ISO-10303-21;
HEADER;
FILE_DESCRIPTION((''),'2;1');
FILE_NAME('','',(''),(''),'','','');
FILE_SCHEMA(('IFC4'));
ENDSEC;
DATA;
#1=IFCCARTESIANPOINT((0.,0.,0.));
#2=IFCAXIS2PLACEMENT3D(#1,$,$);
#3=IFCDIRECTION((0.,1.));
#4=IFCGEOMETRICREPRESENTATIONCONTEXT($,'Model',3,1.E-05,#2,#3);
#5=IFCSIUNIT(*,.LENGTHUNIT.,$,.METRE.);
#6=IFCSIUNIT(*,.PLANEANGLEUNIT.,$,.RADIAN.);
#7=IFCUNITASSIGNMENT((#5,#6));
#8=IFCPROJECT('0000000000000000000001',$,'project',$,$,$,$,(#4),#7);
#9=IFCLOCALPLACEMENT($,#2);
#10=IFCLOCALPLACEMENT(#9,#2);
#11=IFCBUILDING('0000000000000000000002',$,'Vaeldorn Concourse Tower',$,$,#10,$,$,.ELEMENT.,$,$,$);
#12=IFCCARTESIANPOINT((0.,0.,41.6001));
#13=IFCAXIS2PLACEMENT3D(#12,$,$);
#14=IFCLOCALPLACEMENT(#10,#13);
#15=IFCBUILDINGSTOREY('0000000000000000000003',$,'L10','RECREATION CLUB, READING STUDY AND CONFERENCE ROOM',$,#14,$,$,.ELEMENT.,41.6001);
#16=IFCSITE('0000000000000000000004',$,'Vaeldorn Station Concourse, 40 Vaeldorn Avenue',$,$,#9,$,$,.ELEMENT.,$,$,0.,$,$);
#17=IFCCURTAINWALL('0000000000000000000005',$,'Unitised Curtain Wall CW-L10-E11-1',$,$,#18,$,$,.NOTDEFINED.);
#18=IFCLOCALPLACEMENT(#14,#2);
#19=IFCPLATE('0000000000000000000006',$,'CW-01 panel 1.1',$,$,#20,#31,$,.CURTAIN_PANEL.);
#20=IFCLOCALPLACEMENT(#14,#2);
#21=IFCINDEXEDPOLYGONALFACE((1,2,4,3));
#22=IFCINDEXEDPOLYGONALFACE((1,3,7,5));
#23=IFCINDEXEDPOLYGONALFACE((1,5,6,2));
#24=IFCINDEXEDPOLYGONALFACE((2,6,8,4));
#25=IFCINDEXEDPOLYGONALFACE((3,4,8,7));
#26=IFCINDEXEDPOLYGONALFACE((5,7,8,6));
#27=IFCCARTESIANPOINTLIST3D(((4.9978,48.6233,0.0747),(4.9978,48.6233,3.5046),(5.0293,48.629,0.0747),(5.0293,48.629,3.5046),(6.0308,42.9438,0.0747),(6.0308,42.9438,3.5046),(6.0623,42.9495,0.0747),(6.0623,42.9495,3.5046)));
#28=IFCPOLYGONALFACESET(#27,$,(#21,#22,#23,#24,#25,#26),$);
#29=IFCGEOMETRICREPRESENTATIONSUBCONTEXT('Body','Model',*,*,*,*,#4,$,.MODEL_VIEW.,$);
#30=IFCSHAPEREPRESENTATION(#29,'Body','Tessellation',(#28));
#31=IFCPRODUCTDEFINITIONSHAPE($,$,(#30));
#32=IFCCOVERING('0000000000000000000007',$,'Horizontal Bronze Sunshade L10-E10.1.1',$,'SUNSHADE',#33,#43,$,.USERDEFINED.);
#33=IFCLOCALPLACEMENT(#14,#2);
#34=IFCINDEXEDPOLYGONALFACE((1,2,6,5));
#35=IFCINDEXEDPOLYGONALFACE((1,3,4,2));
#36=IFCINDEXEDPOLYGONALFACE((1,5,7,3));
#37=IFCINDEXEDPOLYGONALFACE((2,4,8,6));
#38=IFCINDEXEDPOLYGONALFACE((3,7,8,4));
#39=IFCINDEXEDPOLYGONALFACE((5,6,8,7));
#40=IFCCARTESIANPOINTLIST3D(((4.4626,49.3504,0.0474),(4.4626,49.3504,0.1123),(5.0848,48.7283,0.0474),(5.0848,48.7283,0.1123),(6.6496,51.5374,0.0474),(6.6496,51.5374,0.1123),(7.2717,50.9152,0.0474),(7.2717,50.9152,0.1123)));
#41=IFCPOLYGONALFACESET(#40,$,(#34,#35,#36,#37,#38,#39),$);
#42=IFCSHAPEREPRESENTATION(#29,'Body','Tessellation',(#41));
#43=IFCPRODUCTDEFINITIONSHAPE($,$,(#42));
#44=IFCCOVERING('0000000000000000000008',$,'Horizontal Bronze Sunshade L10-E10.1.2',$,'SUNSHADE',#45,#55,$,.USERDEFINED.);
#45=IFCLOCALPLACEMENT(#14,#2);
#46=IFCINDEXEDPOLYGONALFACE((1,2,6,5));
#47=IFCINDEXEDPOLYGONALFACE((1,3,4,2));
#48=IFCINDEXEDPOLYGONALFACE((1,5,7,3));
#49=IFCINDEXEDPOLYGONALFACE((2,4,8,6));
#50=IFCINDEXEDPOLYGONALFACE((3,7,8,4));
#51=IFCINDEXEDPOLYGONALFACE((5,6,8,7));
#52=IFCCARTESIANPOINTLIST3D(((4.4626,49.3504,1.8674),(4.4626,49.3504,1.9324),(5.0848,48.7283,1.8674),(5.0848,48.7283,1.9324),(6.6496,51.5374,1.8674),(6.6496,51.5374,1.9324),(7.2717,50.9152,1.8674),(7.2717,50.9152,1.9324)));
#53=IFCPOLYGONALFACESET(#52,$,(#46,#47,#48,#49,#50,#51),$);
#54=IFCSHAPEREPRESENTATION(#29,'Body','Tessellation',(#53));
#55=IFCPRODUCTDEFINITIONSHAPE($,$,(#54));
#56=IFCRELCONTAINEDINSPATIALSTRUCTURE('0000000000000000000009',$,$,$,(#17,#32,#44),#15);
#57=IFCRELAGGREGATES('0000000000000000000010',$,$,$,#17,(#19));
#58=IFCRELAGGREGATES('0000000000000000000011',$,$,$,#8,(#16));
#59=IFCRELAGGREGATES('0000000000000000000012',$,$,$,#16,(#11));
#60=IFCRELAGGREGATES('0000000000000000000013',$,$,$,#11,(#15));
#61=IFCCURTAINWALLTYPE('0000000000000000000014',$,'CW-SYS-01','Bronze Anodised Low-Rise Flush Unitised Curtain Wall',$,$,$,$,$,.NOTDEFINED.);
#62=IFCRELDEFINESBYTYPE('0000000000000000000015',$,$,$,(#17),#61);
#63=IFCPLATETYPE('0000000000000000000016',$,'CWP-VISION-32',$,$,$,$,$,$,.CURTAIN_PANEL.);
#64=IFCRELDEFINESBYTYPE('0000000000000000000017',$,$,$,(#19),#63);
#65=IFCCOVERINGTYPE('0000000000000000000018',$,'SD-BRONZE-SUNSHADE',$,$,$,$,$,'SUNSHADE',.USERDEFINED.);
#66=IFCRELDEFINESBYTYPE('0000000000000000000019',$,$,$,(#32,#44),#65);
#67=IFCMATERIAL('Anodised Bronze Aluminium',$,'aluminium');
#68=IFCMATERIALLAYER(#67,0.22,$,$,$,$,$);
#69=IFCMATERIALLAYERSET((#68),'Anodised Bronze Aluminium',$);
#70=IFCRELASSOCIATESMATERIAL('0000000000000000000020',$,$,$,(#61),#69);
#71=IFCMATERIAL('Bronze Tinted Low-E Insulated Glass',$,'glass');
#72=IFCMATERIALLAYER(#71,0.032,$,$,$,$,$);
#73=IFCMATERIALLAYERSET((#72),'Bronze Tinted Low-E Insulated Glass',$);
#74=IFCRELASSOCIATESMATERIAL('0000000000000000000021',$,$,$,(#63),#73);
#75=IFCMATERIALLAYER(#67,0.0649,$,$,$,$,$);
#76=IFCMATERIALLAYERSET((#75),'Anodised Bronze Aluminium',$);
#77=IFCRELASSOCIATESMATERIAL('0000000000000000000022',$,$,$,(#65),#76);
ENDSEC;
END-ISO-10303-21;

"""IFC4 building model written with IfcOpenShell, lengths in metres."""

from ifc_helpers import new_model, si_unit, direction, frame, origin, origin_2d, place, context, subcontext, project, spatial, rectangle, extrude, source, transform, mapped, material, layer, layer_set, type_object, element, aggregate, save


model = new_model("IFC4")

# Units and contexts
model_context = context("Model", 3, precision=1e-05, world=origin(), true_north=direction((0.0, 1.0)))
body_context = subcontext(model_context, "Body", "Model", "MODEL_VIEW")
ifc_project = project(units=[si_unit("LENGTHUNIT", "METRE"), si_unit("PLANEANGLEUNIT", "RADIAN")], contexts=[model_context])

# Site, building, storey
site_placement = place(None, origin())
site = spatial("IfcSite", under=ifc_project, at=site_placement, Name="Vaeldorn Station Concourse, 40 Vaeldorn Avenue", CompositionType="ELEMENT", RefElevation=0.0)
building_placement = place(site_placement, origin())
building = spatial("IfcBuilding", under=site, at=building_placement, Name="Vaeldorn Concourse Tower", CompositionType="ELEMENT")
storey_placement = place(building_placement, frame((0.0, 0.0, 41.6001)))
storey = spatial("IfcBuildingStorey", under=building, at=storey_placement, Name="L10", Description="RECREATION CLUB, READING STUDY AND CONFERENCE ROOM", CompositionType="ELEMENT", Elevation=41.6001)

# Curtain wall
ifc_material_1 = material(Name="Anodised Bronze Aluminium", Category="aluminium")
ifc_layer_1 = layer(ifc_material_1, 0.22)
ifc_layer_set_1 = layer_set([ifc_layer_1], Name="Anodised Bronze Aluminium")
curtain_wall_type = type_object("IfcCurtainWallType", Name="CW-SYS-01", Description="Bronze Anodised Low-Rise Flush Unitised Curtain Wall", PredefinedType="NOTDEFINED", material=ifc_layer_set_1)
curtain_wall_1_placement = place(storey_placement, origin())
curtain_wall_1 = element("IfcCurtainWall", 1, at=curtain_wall_1_placement, inside=storey, type_object=curtain_wall_type, Name="Unitised Curtain Wall CW-L10-E11-1", PredefinedType="NOTDEFINED")

# Plate
ifc_material_2 = material(Name="Bronze Tinted Low-E Insulated Glass", Category="glass")
ifc_layer_2 = layer(ifc_material_2, 0.032)
ifc_layer_set_2 = layer_set([ifc_layer_2], Name="Bronze Tinted Low-E Insulated Glass")
plate_type = type_object("IfcPlateType", Name="CWP-VISION-32", PredefinedType="CURTAIN_PANEL", material=ifc_layer_set_2)
shared_shape_1 = source(origin(), body_context, "Body", "SweptSolid", [
    extrude(rectangle(XDim=5.7727, YDim=0.032, at=origin_2d()), origin(), (0.0, 0.0, 1.0), 3.4299),
])
plate_1_placement = place(storey_placement, frame((5.53, 45.7864, 0.0747), z_axis=(0.0, 0.0, 1.0), x_axis=(0.178947, -0.983859, 0.0)))
plate_1 = element("IfcPlate", 2, at=plate_1_placement, type_object=plate_type, Name="CW-01 panel 1.1", PredefinedType="CURTAIN_PANEL", context=body_context, shape_type="MappedRepresentation", body=[
    mapped(shared_shape_1, transform((0.0, 0.0, 0.0), scale=1.0)),
])
aggregate(curtain_wall_1, [plate_1])

# Coverings
ifc_layer_3 = layer(ifc_material_1, 0.0649)
ifc_layer_set_3 = layer_set([ifc_layer_3], Name="Anodised Bronze Aluminium")
covering_type = type_object("IfcCoveringType", Name="SD-BRONZE-SUNSHADE", ElementType="SUNSHADE", PredefinedType="USERDEFINED", material=ifc_layer_set_3)
shared_shape_2 = source(origin(), body_context, "Body", "SweptSolid", [
    extrude(rectangle(XDim=3.0928, YDim=0.8799, at=origin_2d()), origin(), (0.0, 0.0, 1.0), 0.0649),
])
for number, where, z_axis, x_axis, name in (
    (3, (5.8672, 50.1328, 0.0474), (0.0, 0.0, 1.0), (-0.707107, -0.707107, 0.0), "Horizontal Bronze Sunshade L10-E10.1.1"),
    (4, (5.8672, 50.1328, 1.8674), (0.0, 0.0, 1.0), (-0.707107, -0.707107, 0.0), "Horizontal Bronze Sunshade L10-E10.1.2"),
):
    element("IfcCovering", number, at=place(storey_placement, frame(where, z_axis=z_axis, x_axis=x_axis)), inside=storey, type_object=covering_type, Name=name, ObjectType="SUNSHADE", PredefinedType="USERDEFINED", context=body_context, shape_type="MappedRepresentation", body=[
        mapped(shared_shape_2, transform((0.0, 0.0, 0.0), scale=1.0)),
    ])

save(model, "model.ifc")
